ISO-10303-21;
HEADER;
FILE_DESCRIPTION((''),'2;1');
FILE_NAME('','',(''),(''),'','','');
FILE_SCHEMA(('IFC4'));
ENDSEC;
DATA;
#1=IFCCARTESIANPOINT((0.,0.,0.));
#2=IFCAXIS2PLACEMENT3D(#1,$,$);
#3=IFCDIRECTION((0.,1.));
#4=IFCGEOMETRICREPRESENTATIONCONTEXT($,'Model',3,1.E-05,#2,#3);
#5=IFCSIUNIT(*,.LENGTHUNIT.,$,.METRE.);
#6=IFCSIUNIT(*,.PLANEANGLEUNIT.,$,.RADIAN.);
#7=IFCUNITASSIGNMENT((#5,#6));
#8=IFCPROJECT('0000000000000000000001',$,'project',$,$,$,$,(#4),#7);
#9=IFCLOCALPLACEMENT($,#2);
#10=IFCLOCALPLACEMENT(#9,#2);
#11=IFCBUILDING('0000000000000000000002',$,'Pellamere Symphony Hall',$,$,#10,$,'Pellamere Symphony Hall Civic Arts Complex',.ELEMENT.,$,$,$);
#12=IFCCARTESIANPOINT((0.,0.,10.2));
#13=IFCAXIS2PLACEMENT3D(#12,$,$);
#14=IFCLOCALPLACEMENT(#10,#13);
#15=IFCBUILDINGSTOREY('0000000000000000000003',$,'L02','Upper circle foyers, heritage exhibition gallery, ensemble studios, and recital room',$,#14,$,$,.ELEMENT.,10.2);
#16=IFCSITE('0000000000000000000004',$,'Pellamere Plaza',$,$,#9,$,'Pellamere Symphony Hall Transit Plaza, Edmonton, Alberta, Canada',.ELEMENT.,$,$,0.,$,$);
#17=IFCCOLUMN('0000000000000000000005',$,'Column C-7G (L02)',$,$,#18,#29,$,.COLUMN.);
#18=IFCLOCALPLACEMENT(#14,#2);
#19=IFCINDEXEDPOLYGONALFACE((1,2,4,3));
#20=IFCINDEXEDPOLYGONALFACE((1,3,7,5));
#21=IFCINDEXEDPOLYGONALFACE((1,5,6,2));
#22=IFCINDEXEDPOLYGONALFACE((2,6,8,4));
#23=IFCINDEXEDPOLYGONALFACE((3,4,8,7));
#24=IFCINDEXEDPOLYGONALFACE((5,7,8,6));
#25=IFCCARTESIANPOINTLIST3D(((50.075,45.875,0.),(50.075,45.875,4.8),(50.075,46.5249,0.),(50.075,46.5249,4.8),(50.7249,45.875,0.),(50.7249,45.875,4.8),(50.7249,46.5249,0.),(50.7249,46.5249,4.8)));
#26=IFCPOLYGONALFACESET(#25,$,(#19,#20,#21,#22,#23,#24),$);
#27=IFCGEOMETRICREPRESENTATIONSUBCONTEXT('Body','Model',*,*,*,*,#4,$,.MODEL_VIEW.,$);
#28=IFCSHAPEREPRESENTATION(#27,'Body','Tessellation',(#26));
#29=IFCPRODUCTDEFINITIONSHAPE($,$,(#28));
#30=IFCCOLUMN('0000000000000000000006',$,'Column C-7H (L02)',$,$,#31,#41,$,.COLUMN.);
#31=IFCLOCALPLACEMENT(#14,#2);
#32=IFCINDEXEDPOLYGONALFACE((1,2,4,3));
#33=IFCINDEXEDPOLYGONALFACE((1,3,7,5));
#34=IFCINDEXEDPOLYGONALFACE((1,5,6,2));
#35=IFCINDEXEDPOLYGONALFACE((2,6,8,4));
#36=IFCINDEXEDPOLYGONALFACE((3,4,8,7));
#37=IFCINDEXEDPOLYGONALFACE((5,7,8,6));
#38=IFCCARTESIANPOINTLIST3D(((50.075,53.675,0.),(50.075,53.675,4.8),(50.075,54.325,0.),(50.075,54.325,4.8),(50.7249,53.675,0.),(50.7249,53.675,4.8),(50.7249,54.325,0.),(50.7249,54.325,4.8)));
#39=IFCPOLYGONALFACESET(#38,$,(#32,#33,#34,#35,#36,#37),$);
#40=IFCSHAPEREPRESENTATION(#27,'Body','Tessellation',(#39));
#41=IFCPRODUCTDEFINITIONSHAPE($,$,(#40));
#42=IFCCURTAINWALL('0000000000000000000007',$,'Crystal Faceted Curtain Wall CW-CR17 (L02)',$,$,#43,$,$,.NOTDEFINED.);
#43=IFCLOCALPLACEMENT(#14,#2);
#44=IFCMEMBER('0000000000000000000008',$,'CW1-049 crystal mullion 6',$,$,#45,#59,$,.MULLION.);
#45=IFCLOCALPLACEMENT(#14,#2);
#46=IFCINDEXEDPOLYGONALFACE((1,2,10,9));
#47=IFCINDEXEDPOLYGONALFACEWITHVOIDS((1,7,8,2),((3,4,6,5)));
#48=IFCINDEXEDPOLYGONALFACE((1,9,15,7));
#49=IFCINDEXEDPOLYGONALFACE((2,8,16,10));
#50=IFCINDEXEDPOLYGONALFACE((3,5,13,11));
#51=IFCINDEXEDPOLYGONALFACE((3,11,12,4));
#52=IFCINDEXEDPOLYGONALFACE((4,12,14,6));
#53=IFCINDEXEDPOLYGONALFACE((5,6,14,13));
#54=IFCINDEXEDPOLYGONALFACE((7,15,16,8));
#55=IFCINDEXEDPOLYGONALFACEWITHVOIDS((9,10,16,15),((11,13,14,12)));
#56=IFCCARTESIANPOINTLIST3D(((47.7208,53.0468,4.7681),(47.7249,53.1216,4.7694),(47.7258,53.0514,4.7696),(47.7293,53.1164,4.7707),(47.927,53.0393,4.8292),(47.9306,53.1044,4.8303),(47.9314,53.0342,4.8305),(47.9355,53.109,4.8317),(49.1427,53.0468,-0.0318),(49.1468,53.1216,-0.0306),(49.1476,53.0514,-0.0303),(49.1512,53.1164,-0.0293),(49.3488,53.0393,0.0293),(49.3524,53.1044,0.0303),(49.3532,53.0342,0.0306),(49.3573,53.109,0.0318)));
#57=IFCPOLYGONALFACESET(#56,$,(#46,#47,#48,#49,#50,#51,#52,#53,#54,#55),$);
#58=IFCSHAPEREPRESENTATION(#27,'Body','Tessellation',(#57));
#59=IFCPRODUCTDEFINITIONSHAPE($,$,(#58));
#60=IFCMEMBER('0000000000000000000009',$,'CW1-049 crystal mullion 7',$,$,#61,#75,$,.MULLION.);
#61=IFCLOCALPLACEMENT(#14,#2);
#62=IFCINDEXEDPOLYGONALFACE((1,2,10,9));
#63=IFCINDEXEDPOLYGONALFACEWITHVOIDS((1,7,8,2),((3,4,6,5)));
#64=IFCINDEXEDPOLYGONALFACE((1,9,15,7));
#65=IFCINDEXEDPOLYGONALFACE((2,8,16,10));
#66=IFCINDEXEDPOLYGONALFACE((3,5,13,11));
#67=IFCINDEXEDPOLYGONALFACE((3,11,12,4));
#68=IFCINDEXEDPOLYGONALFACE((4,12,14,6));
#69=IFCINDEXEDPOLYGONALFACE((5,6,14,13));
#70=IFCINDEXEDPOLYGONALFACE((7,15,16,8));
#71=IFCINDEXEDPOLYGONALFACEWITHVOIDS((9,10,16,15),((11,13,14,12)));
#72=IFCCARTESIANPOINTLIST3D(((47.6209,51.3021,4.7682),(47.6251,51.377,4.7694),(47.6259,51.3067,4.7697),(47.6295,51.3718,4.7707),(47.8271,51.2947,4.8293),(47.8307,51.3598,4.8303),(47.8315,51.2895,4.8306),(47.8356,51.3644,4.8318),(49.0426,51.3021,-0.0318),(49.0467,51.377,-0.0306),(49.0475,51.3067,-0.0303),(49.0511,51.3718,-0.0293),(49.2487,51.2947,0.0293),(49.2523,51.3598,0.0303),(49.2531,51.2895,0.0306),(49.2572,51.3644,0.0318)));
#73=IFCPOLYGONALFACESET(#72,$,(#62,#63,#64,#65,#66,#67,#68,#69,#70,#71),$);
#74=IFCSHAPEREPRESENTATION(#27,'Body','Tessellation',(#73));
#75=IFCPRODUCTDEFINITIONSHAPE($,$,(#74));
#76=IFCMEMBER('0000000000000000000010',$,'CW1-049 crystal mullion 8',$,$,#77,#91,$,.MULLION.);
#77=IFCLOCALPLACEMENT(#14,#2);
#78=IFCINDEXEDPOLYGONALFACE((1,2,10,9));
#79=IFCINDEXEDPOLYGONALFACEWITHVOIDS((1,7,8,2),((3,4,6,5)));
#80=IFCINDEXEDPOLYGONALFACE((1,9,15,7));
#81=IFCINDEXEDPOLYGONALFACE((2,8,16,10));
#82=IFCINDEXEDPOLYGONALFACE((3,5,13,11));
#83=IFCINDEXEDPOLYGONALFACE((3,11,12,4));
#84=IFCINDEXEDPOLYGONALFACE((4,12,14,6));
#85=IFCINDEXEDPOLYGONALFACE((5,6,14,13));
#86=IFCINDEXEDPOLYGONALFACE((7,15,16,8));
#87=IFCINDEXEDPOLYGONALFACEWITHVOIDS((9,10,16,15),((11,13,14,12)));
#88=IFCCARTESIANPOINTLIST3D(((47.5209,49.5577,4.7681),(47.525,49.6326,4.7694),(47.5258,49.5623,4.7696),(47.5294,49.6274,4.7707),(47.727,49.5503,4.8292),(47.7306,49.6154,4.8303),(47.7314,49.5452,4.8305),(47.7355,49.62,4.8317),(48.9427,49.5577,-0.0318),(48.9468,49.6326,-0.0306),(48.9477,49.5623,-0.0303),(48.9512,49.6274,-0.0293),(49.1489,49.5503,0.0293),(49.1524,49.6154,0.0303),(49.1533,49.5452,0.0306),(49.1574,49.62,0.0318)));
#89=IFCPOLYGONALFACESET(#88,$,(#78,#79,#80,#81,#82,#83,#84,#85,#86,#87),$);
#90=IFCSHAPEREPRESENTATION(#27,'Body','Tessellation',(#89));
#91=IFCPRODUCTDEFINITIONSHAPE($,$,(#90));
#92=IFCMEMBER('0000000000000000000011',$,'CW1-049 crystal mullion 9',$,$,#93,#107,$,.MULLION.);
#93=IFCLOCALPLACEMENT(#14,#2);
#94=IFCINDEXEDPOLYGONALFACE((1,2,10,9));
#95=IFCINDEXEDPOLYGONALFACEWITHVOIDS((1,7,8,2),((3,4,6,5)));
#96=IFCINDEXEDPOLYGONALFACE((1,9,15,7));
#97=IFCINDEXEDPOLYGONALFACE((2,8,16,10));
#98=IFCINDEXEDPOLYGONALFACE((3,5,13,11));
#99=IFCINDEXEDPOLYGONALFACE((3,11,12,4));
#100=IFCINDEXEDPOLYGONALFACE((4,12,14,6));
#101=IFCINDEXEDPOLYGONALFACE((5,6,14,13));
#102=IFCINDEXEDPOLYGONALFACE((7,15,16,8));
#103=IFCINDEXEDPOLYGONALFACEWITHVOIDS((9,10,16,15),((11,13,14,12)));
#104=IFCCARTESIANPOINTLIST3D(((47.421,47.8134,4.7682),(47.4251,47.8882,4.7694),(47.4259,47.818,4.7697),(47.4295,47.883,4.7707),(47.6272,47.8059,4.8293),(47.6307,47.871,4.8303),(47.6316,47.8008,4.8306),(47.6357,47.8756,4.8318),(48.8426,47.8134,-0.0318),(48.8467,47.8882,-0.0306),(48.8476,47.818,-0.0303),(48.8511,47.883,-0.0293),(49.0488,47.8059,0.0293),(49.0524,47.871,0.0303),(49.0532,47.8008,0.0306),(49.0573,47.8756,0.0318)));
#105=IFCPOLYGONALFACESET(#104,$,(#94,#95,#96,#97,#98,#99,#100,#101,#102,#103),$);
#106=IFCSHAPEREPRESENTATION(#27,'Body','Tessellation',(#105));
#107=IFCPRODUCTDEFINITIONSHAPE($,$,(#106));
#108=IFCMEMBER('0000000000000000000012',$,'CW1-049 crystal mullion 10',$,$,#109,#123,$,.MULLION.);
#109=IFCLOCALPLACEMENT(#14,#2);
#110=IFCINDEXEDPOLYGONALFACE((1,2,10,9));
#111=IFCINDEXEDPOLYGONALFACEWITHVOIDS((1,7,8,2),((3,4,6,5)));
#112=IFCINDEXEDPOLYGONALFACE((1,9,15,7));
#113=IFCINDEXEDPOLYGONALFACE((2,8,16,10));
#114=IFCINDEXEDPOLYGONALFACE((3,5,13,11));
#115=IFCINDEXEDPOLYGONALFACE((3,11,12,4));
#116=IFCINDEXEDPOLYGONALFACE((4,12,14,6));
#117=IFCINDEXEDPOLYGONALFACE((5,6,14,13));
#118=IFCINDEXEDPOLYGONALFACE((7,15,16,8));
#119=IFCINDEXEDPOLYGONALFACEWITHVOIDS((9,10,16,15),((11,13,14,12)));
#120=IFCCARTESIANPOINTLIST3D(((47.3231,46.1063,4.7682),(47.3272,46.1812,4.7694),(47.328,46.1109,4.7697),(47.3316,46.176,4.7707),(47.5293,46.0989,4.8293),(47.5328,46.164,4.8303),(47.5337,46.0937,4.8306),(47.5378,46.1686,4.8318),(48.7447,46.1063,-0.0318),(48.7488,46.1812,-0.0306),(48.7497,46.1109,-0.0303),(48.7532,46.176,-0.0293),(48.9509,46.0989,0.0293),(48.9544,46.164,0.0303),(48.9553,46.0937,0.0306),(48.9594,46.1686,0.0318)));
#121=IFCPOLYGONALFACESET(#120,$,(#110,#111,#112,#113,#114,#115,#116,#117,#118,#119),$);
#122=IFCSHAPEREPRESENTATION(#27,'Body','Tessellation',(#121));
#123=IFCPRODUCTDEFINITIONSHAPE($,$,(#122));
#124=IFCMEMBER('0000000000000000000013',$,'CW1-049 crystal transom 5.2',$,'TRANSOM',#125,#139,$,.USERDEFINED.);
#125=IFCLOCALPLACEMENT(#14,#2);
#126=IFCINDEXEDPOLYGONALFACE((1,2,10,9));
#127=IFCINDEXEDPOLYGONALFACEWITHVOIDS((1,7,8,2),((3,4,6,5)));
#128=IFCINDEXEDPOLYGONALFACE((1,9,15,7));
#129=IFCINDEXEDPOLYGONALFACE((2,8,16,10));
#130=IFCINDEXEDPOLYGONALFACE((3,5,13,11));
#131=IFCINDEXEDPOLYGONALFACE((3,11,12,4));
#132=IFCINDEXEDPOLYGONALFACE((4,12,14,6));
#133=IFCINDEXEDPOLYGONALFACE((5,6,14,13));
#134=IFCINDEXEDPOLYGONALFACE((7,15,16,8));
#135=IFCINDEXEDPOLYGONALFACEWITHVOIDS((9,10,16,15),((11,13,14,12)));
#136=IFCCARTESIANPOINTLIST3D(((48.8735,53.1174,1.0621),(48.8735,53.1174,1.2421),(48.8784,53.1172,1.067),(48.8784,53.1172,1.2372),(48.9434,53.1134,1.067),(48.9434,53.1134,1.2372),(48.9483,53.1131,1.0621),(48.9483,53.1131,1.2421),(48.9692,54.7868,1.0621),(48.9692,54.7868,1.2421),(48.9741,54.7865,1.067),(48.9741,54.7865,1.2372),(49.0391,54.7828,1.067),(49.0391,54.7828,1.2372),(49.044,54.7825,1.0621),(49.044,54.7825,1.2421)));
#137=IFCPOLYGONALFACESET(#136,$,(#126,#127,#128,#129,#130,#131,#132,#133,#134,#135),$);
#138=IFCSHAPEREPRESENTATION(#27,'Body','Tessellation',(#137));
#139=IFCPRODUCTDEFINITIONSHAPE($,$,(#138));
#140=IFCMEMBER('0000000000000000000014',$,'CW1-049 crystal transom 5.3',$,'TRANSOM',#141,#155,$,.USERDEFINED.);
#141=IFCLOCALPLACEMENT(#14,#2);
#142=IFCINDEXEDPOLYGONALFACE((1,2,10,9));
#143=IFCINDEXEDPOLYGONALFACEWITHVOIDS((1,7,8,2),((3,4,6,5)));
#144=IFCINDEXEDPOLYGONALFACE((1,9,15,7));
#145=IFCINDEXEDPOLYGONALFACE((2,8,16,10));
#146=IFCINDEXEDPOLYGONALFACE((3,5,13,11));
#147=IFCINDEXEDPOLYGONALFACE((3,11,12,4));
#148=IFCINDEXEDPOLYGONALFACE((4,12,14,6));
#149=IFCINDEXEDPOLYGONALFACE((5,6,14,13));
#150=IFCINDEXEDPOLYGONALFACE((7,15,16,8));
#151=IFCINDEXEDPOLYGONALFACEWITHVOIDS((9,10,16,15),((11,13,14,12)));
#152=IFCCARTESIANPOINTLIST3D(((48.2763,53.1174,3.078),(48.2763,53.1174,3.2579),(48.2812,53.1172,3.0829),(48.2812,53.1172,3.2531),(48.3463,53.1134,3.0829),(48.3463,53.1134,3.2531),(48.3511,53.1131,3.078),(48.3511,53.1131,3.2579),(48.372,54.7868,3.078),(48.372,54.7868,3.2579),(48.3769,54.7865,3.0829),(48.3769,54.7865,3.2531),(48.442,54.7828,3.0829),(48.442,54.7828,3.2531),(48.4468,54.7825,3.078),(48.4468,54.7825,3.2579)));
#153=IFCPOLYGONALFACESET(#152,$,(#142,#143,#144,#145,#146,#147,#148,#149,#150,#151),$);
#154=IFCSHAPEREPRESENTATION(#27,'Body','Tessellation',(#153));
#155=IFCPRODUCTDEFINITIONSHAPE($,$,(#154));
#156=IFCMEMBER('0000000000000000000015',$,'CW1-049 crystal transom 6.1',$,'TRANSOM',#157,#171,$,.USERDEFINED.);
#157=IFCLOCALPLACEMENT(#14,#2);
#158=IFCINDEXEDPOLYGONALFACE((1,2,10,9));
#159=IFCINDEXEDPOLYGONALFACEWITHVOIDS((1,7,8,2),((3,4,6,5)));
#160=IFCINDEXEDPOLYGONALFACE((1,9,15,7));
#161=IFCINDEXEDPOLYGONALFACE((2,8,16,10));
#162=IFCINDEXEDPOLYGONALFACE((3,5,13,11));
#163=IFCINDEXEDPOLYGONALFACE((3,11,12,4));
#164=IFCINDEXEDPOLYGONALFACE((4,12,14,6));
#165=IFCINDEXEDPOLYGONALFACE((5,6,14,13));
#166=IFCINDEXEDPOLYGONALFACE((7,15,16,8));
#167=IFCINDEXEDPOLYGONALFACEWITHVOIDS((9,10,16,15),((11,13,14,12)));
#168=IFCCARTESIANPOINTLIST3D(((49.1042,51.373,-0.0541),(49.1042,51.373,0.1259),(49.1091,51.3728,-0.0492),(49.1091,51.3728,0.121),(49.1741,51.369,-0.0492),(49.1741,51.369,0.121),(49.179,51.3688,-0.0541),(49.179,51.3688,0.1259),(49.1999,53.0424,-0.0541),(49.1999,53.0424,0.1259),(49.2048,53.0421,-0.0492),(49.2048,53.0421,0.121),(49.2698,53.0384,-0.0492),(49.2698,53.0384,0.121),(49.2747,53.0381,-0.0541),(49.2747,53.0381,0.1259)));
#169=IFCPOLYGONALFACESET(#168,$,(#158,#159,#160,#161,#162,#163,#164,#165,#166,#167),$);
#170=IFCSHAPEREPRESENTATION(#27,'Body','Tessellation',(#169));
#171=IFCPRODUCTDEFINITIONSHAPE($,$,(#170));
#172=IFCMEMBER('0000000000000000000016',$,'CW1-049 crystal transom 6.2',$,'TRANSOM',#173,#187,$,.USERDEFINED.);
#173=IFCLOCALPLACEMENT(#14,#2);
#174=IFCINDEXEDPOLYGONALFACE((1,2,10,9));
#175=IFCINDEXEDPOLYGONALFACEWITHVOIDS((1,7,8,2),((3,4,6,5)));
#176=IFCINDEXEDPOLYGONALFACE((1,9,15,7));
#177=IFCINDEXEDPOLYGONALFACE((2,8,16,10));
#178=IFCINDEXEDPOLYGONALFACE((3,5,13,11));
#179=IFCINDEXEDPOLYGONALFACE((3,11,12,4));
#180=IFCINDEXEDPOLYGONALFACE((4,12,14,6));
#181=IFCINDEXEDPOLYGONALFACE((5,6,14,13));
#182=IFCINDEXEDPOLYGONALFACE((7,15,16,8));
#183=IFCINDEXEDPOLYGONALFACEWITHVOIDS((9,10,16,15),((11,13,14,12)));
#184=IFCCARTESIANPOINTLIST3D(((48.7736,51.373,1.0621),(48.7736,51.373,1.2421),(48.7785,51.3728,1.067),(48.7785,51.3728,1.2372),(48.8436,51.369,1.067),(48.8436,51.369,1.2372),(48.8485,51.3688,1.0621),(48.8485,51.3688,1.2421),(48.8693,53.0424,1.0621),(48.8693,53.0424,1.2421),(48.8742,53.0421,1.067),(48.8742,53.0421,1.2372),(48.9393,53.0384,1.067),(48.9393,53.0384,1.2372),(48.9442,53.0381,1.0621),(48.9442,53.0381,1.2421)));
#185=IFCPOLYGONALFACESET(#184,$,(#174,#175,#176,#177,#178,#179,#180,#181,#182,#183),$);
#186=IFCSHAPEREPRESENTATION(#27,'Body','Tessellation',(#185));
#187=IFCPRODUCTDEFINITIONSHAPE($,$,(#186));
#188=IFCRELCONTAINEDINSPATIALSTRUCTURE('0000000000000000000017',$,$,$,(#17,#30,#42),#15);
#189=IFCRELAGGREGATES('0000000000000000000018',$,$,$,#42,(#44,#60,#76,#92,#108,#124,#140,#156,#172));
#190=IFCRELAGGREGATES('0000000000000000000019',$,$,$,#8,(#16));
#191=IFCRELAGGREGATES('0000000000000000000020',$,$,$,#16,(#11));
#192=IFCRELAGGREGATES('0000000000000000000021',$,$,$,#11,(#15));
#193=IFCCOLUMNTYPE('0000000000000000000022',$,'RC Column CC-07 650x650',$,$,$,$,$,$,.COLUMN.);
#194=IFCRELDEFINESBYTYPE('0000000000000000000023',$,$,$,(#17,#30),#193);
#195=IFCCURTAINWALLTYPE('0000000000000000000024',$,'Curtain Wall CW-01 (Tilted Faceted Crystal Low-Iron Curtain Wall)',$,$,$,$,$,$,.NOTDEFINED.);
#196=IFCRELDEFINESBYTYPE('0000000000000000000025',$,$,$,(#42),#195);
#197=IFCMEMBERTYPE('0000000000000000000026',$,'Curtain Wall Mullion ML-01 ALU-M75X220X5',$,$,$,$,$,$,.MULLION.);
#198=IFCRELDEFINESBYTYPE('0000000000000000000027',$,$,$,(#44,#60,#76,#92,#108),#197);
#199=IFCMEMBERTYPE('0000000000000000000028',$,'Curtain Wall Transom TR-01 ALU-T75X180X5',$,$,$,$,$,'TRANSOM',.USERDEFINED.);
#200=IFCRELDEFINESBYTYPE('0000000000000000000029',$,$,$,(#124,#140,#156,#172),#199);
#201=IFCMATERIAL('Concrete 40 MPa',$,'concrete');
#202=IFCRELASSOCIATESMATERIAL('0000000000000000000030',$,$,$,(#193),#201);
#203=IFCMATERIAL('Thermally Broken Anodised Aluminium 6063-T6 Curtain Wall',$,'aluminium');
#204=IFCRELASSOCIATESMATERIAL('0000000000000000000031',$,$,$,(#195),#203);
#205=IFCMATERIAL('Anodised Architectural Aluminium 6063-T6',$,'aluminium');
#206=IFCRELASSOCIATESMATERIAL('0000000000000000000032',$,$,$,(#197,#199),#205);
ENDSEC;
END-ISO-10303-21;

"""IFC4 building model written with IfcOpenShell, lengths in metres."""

from ifc_helpers import new_model, si_unit, direction, frame, origin, origin_2d, place, context, subcontext, project, spatial, rectangle, hollow_rectangle, extrude, material, material_profile, profile_set, type_object, element, aggregate, save


model = new_model("IFC4")

# Units and contexts
model_context = context("Model", 3, precision=1e-05, world=origin(), true_north=direction((0.0, 1.0)))
body_context = subcontext(model_context, "Body", "Model", "MODEL_VIEW")
ifc_project = project(units=[si_unit("LENGTHUNIT", "METRE"), si_unit("PLANEANGLEUNIT", "RADIAN")], contexts=[model_context])

# Site, building, storey
site_placement = place(None, origin())
site = spatial("IfcSite", under=ifc_project, at=site_placement, Name="Pellamere Plaza", LongName="Pellamere Symphony Hall Transit Plaza, Edmonton, Alberta, Canada", CompositionType="ELEMENT", RefElevation=0.0)
building_placement = place(site_placement, origin())
building = spatial("IfcBuilding", under=site, at=building_placement, Name="Pellamere Symphony Hall", LongName="Pellamere Symphony Hall Civic Arts Complex", CompositionType="ELEMENT")
storey_placement = place(building_placement, frame((0.0, 0.0, 10.2)))
storey = spatial("IfcBuildingStorey", under=building, at=storey_placement, Name="L02", Description="Upper circle foyers, heritage exhibition gallery, ensemble studios, and recital room", CompositionType="ELEMENT", Elevation=10.2)

# Columns
ifc_material_1 = material(Name="Concrete 40 MPa", Category="concrete")
ifc_material_profile_1 = material_profile(ifc_material_1, rectangle(XDim=0.6499, YDim=0.6499, at=origin_2d()), Name="RC 650x650")
ifc_profile_set_1 = profile_set([ifc_material_profile_1], Name="Concrete 40 MPa")
column_type = type_object("IfcColumnType", Name="RC Column CC-07 650x650", PredefinedType="COLUMN", material=ifc_profile_set_1)
for number, where, z_axis, x_axis, name in (
    (1, (50.3999, 46.2, 0.0), (0.0, 0.0, 1.0), (1.0, 0.0, 0.0), "Column C-7G (L02)"),
    (2, (50.3999, 54.0, 0.0), (0.0, 0.0, 1.0), (1.0, 0.0, 0.0), "Column C-7H (L02)"),
):
    element("IfcColumn", number, at=place(storey_placement, frame(where, z_axis=z_axis, x_axis=x_axis)), inside=storey, type_object=column_type, Name=name, PredefinedType="COLUMN", context=body_context, shape_type="SweptSolid", body=[
        extrude(rectangle(XDim=0.6499, YDim=0.6499, at=origin_2d()), origin(), (0.0, 0.0, 1.0), 4.8),
    ])

# Curtain wall, members
ifc_material_2 = material(Name="Thermally Broken Anodised Aluminium 6063-T6 Curtain Wall", Category="aluminium")
curtain_wall_type = type_object("IfcCurtainWallType", Name="Curtain Wall CW-01 (Tilted Faceted Crystal Low-Iron Curtain Wall)", PredefinedType="NOTDEFINED", material=ifc_material_2)
curtain_wall_placement = place(storey_placement, origin())
curtain_wall = element("IfcCurtainWall", 3, at=curtain_wall_placement, inside=storey, type_object=curtain_wall_type, Name="Crystal Faceted Curtain Wall CW-CR17 (L02)", PredefinedType="NOTDEFINED")
ifc_material_3 = material(Name="Anodised Architectural Aluminium 6063-T6", Category="aluminium")
ifc_material_profile_2 = material_profile(ifc_material_3, hollow_rectangle(XDim=0.075, YDim=0.22, WallThickness=0.0049, at=origin_2d()), Name="ALU-M75X220X5")
ifc_profile_set_2 = profile_set([ifc_material_profile_2], Name="Anodised Architectural Aluminium 6063-T6")
member_type_1 = type_object("IfcMemberType", Name="Curtain Wall Mullion ML-01 ALU-M75X220X5", PredefinedType="MULLION", material=ifc_profile_set_2)
member_1_placement = place(storey_placement, frame((49.25, 53.0779, 0.0), z_axis=(-0.284022, 0.0, 0.958818), x_axis=(-0.054874, -0.998361, -0.016255)))
member_1 = element("IfcMember", 4, at=member_1_placement, type_object=member_type_1, Name="CW1-049 crystal mullion 6", PredefinedType="MULLION", context=body_context, shape_type="SweptSolid", body=[
    extrude(hollow_rectangle(XDim=0.075, YDim=0.22, WallThickness=0.0049, at=origin_2d()), origin(), (0.0, 0.0, 1.0), 5.0061),
])
member_2_placement = place(storey_placement, frame((49.1499, 51.3333, 0.0), z_axis=(-0.283977, 0.0, 0.958831), x_axis=(-0.054875, -0.998361, -0.016252)))
member_2 = element("IfcMember", 5, at=member_2_placement, type_object=member_type_1, Name="CW1-049 crystal mullion 7", PredefinedType="MULLION", context=body_context, shape_type="SweptSolid", body=[
    extrude(hollow_rectangle(XDim=0.075, YDim=0.22, WallThickness=0.0049, at=origin_2d()), origin(), (0.0, 0.0, 1.0), 5.0061),
])
member_3_placement = place(storey_placement, frame((49.05, 49.5889, 0.0), z_axis=(-0.284022, 0.0, 0.958818), x_axis=(-0.054874, -0.998361, -0.016255)))
member_3 = element("IfcMember", 6, at=member_3_placement, type_object=member_type_1, Name="CW1-049 crystal mullion 8", PredefinedType="MULLION", context=body_context, shape_type="SweptSolid", body=[
    extrude(hollow_rectangle(XDim=0.075, YDim=0.22, WallThickness=0.0049, at=origin_2d()), origin(), (0.0, 0.0, 1.0), 5.0061),
])
member_4_placement = place(storey_placement, frame((48.95, 47.8445, 0.0), z_axis=(-0.283977, 0.0, 0.958831), x_axis=(-0.054875, -0.998361, -0.016252)))
member_4 = element("IfcMember", 7, at=member_4_placement, type_object=member_type_1, Name="CW1-049 crystal mullion 9", PredefinedType="MULLION", context=body_context, shape_type="SweptSolid", body=[
    extrude(hollow_rectangle(XDim=0.075, YDim=0.22, WallThickness=0.0049, at=origin_2d()), origin(), (0.0, 0.0, 1.0), 5.0061),
])
member_5_placement = place(storey_placement, frame((48.8521, 46.1375, 0.0), z_axis=(-0.283977, 0.0, 0.958831), x_axis=(-0.054875, -0.998361, -0.016252)))
member_5 = element("IfcMember", 8, at=member_5_placement, type_object=member_type_1, Name="CW1-049 crystal mullion 10", PredefinedType="MULLION", context=body_context, shape_type="SweptSolid", body=[
    extrude(hollow_rectangle(XDim=0.075, YDim=0.22, WallThickness=0.0049, at=origin_2d()), origin(), (0.0, 0.0, 1.0), 5.0061),
])
ifc_material_profile_3 = material_profile(ifc_material_3, hollow_rectangle(XDim=0.075, YDim=0.1799, WallThickness=0.0049, at=origin_2d()), Name="ALU-T75X180X5")
ifc_profile_set_3 = profile_set([ifc_material_profile_3], Name="Anodised Architectural Aluminium 6063-T6")
member_type_2 = type_object("IfcMemberType", Name="Curtain Wall Transom TR-01 ALU-T75X180X5", ElementType="TRANSOM", PredefinedType="USERDEFINED", material=ifc_profile_set_3)
member_6_placement = place(storey_placement, frame((49.0066, 54.7847, 1.1521), z_axis=(-0.057233, -0.998361, 0.0), x_axis=(0.998361, -0.057233, 0.0)))
member_6 = element("IfcMember", 9, at=member_6_placement, type_object=member_type_2, Name="CW1-049 crystal transom 5.2", ObjectType="TRANSOM", PredefinedType="USERDEFINED", context=body_context, shape_type="SweptSolid", body=[
    extrude(hollow_rectangle(XDim=0.075, YDim=0.1799, WallThickness=0.0049, at=origin_2d()), origin(), (0.0, 0.0, 1.0), 1.6721),
])
member_7_placement = place(storey_placement, frame((48.4094, 54.7847, 3.168), z_axis=(-0.057233, -0.998361, 0.0), x_axis=(0.998361, -0.057233, 0.0)))
member_7 = element("IfcMember", 10, at=member_7_placement, type_object=member_type_2, Name="CW1-049 crystal transom 5.3", ObjectType="TRANSOM", PredefinedType="USERDEFINED", context=body_context, shape_type="SweptSolid", body=[
    extrude(hollow_rectangle(XDim=0.075, YDim=0.1799, WallThickness=0.0049, at=origin_2d()), origin(), (0.0, 0.0, 1.0), 1.6721),
])
member_8_placement = place(storey_placement, frame((49.2373, 53.0403, 0.0359), z_axis=(-0.057233, -0.998361, 0.0), x_axis=(0.998361, -0.057233, 0.0)))
member_8 = element("IfcMember", 11, at=member_8_placement, type_object=member_type_2, Name="CW1-049 crystal transom 6.1", ObjectType="TRANSOM", PredefinedType="USERDEFINED", context=body_context, shape_type="SweptSolid", body=[
    extrude(hollow_rectangle(XDim=0.075, YDim=0.1799, WallThickness=0.0049, at=origin_2d()), origin(), (0.0, 0.0, 1.0), 1.6721),
])
member_9_placement = place(storey_placement, frame((48.9067, 53.0403, 1.1521), z_axis=(-0.057233, -0.998361, 0.0), x_axis=(0.998361, -0.057233, 0.0)))
member_9 = element("IfcMember", 12, at=member_9_placement, type_object=member_type_2, Name="CW1-049 crystal transom 6.2", ObjectType="TRANSOM", PredefinedType="USERDEFINED", context=body_context, shape_type="SweptSolid", body=[
    extrude(hollow_rectangle(XDim=0.075, YDim=0.1799, WallThickness=0.0049, at=origin_2d()), origin(), (0.0, 0.0, 1.0), 1.6721),
])

aggregate(curtain_wall, [member_1, member_2, member_3, member_4, member_5, member_6, member_7, member_8, member_9])

save(model, "model.ifc")
